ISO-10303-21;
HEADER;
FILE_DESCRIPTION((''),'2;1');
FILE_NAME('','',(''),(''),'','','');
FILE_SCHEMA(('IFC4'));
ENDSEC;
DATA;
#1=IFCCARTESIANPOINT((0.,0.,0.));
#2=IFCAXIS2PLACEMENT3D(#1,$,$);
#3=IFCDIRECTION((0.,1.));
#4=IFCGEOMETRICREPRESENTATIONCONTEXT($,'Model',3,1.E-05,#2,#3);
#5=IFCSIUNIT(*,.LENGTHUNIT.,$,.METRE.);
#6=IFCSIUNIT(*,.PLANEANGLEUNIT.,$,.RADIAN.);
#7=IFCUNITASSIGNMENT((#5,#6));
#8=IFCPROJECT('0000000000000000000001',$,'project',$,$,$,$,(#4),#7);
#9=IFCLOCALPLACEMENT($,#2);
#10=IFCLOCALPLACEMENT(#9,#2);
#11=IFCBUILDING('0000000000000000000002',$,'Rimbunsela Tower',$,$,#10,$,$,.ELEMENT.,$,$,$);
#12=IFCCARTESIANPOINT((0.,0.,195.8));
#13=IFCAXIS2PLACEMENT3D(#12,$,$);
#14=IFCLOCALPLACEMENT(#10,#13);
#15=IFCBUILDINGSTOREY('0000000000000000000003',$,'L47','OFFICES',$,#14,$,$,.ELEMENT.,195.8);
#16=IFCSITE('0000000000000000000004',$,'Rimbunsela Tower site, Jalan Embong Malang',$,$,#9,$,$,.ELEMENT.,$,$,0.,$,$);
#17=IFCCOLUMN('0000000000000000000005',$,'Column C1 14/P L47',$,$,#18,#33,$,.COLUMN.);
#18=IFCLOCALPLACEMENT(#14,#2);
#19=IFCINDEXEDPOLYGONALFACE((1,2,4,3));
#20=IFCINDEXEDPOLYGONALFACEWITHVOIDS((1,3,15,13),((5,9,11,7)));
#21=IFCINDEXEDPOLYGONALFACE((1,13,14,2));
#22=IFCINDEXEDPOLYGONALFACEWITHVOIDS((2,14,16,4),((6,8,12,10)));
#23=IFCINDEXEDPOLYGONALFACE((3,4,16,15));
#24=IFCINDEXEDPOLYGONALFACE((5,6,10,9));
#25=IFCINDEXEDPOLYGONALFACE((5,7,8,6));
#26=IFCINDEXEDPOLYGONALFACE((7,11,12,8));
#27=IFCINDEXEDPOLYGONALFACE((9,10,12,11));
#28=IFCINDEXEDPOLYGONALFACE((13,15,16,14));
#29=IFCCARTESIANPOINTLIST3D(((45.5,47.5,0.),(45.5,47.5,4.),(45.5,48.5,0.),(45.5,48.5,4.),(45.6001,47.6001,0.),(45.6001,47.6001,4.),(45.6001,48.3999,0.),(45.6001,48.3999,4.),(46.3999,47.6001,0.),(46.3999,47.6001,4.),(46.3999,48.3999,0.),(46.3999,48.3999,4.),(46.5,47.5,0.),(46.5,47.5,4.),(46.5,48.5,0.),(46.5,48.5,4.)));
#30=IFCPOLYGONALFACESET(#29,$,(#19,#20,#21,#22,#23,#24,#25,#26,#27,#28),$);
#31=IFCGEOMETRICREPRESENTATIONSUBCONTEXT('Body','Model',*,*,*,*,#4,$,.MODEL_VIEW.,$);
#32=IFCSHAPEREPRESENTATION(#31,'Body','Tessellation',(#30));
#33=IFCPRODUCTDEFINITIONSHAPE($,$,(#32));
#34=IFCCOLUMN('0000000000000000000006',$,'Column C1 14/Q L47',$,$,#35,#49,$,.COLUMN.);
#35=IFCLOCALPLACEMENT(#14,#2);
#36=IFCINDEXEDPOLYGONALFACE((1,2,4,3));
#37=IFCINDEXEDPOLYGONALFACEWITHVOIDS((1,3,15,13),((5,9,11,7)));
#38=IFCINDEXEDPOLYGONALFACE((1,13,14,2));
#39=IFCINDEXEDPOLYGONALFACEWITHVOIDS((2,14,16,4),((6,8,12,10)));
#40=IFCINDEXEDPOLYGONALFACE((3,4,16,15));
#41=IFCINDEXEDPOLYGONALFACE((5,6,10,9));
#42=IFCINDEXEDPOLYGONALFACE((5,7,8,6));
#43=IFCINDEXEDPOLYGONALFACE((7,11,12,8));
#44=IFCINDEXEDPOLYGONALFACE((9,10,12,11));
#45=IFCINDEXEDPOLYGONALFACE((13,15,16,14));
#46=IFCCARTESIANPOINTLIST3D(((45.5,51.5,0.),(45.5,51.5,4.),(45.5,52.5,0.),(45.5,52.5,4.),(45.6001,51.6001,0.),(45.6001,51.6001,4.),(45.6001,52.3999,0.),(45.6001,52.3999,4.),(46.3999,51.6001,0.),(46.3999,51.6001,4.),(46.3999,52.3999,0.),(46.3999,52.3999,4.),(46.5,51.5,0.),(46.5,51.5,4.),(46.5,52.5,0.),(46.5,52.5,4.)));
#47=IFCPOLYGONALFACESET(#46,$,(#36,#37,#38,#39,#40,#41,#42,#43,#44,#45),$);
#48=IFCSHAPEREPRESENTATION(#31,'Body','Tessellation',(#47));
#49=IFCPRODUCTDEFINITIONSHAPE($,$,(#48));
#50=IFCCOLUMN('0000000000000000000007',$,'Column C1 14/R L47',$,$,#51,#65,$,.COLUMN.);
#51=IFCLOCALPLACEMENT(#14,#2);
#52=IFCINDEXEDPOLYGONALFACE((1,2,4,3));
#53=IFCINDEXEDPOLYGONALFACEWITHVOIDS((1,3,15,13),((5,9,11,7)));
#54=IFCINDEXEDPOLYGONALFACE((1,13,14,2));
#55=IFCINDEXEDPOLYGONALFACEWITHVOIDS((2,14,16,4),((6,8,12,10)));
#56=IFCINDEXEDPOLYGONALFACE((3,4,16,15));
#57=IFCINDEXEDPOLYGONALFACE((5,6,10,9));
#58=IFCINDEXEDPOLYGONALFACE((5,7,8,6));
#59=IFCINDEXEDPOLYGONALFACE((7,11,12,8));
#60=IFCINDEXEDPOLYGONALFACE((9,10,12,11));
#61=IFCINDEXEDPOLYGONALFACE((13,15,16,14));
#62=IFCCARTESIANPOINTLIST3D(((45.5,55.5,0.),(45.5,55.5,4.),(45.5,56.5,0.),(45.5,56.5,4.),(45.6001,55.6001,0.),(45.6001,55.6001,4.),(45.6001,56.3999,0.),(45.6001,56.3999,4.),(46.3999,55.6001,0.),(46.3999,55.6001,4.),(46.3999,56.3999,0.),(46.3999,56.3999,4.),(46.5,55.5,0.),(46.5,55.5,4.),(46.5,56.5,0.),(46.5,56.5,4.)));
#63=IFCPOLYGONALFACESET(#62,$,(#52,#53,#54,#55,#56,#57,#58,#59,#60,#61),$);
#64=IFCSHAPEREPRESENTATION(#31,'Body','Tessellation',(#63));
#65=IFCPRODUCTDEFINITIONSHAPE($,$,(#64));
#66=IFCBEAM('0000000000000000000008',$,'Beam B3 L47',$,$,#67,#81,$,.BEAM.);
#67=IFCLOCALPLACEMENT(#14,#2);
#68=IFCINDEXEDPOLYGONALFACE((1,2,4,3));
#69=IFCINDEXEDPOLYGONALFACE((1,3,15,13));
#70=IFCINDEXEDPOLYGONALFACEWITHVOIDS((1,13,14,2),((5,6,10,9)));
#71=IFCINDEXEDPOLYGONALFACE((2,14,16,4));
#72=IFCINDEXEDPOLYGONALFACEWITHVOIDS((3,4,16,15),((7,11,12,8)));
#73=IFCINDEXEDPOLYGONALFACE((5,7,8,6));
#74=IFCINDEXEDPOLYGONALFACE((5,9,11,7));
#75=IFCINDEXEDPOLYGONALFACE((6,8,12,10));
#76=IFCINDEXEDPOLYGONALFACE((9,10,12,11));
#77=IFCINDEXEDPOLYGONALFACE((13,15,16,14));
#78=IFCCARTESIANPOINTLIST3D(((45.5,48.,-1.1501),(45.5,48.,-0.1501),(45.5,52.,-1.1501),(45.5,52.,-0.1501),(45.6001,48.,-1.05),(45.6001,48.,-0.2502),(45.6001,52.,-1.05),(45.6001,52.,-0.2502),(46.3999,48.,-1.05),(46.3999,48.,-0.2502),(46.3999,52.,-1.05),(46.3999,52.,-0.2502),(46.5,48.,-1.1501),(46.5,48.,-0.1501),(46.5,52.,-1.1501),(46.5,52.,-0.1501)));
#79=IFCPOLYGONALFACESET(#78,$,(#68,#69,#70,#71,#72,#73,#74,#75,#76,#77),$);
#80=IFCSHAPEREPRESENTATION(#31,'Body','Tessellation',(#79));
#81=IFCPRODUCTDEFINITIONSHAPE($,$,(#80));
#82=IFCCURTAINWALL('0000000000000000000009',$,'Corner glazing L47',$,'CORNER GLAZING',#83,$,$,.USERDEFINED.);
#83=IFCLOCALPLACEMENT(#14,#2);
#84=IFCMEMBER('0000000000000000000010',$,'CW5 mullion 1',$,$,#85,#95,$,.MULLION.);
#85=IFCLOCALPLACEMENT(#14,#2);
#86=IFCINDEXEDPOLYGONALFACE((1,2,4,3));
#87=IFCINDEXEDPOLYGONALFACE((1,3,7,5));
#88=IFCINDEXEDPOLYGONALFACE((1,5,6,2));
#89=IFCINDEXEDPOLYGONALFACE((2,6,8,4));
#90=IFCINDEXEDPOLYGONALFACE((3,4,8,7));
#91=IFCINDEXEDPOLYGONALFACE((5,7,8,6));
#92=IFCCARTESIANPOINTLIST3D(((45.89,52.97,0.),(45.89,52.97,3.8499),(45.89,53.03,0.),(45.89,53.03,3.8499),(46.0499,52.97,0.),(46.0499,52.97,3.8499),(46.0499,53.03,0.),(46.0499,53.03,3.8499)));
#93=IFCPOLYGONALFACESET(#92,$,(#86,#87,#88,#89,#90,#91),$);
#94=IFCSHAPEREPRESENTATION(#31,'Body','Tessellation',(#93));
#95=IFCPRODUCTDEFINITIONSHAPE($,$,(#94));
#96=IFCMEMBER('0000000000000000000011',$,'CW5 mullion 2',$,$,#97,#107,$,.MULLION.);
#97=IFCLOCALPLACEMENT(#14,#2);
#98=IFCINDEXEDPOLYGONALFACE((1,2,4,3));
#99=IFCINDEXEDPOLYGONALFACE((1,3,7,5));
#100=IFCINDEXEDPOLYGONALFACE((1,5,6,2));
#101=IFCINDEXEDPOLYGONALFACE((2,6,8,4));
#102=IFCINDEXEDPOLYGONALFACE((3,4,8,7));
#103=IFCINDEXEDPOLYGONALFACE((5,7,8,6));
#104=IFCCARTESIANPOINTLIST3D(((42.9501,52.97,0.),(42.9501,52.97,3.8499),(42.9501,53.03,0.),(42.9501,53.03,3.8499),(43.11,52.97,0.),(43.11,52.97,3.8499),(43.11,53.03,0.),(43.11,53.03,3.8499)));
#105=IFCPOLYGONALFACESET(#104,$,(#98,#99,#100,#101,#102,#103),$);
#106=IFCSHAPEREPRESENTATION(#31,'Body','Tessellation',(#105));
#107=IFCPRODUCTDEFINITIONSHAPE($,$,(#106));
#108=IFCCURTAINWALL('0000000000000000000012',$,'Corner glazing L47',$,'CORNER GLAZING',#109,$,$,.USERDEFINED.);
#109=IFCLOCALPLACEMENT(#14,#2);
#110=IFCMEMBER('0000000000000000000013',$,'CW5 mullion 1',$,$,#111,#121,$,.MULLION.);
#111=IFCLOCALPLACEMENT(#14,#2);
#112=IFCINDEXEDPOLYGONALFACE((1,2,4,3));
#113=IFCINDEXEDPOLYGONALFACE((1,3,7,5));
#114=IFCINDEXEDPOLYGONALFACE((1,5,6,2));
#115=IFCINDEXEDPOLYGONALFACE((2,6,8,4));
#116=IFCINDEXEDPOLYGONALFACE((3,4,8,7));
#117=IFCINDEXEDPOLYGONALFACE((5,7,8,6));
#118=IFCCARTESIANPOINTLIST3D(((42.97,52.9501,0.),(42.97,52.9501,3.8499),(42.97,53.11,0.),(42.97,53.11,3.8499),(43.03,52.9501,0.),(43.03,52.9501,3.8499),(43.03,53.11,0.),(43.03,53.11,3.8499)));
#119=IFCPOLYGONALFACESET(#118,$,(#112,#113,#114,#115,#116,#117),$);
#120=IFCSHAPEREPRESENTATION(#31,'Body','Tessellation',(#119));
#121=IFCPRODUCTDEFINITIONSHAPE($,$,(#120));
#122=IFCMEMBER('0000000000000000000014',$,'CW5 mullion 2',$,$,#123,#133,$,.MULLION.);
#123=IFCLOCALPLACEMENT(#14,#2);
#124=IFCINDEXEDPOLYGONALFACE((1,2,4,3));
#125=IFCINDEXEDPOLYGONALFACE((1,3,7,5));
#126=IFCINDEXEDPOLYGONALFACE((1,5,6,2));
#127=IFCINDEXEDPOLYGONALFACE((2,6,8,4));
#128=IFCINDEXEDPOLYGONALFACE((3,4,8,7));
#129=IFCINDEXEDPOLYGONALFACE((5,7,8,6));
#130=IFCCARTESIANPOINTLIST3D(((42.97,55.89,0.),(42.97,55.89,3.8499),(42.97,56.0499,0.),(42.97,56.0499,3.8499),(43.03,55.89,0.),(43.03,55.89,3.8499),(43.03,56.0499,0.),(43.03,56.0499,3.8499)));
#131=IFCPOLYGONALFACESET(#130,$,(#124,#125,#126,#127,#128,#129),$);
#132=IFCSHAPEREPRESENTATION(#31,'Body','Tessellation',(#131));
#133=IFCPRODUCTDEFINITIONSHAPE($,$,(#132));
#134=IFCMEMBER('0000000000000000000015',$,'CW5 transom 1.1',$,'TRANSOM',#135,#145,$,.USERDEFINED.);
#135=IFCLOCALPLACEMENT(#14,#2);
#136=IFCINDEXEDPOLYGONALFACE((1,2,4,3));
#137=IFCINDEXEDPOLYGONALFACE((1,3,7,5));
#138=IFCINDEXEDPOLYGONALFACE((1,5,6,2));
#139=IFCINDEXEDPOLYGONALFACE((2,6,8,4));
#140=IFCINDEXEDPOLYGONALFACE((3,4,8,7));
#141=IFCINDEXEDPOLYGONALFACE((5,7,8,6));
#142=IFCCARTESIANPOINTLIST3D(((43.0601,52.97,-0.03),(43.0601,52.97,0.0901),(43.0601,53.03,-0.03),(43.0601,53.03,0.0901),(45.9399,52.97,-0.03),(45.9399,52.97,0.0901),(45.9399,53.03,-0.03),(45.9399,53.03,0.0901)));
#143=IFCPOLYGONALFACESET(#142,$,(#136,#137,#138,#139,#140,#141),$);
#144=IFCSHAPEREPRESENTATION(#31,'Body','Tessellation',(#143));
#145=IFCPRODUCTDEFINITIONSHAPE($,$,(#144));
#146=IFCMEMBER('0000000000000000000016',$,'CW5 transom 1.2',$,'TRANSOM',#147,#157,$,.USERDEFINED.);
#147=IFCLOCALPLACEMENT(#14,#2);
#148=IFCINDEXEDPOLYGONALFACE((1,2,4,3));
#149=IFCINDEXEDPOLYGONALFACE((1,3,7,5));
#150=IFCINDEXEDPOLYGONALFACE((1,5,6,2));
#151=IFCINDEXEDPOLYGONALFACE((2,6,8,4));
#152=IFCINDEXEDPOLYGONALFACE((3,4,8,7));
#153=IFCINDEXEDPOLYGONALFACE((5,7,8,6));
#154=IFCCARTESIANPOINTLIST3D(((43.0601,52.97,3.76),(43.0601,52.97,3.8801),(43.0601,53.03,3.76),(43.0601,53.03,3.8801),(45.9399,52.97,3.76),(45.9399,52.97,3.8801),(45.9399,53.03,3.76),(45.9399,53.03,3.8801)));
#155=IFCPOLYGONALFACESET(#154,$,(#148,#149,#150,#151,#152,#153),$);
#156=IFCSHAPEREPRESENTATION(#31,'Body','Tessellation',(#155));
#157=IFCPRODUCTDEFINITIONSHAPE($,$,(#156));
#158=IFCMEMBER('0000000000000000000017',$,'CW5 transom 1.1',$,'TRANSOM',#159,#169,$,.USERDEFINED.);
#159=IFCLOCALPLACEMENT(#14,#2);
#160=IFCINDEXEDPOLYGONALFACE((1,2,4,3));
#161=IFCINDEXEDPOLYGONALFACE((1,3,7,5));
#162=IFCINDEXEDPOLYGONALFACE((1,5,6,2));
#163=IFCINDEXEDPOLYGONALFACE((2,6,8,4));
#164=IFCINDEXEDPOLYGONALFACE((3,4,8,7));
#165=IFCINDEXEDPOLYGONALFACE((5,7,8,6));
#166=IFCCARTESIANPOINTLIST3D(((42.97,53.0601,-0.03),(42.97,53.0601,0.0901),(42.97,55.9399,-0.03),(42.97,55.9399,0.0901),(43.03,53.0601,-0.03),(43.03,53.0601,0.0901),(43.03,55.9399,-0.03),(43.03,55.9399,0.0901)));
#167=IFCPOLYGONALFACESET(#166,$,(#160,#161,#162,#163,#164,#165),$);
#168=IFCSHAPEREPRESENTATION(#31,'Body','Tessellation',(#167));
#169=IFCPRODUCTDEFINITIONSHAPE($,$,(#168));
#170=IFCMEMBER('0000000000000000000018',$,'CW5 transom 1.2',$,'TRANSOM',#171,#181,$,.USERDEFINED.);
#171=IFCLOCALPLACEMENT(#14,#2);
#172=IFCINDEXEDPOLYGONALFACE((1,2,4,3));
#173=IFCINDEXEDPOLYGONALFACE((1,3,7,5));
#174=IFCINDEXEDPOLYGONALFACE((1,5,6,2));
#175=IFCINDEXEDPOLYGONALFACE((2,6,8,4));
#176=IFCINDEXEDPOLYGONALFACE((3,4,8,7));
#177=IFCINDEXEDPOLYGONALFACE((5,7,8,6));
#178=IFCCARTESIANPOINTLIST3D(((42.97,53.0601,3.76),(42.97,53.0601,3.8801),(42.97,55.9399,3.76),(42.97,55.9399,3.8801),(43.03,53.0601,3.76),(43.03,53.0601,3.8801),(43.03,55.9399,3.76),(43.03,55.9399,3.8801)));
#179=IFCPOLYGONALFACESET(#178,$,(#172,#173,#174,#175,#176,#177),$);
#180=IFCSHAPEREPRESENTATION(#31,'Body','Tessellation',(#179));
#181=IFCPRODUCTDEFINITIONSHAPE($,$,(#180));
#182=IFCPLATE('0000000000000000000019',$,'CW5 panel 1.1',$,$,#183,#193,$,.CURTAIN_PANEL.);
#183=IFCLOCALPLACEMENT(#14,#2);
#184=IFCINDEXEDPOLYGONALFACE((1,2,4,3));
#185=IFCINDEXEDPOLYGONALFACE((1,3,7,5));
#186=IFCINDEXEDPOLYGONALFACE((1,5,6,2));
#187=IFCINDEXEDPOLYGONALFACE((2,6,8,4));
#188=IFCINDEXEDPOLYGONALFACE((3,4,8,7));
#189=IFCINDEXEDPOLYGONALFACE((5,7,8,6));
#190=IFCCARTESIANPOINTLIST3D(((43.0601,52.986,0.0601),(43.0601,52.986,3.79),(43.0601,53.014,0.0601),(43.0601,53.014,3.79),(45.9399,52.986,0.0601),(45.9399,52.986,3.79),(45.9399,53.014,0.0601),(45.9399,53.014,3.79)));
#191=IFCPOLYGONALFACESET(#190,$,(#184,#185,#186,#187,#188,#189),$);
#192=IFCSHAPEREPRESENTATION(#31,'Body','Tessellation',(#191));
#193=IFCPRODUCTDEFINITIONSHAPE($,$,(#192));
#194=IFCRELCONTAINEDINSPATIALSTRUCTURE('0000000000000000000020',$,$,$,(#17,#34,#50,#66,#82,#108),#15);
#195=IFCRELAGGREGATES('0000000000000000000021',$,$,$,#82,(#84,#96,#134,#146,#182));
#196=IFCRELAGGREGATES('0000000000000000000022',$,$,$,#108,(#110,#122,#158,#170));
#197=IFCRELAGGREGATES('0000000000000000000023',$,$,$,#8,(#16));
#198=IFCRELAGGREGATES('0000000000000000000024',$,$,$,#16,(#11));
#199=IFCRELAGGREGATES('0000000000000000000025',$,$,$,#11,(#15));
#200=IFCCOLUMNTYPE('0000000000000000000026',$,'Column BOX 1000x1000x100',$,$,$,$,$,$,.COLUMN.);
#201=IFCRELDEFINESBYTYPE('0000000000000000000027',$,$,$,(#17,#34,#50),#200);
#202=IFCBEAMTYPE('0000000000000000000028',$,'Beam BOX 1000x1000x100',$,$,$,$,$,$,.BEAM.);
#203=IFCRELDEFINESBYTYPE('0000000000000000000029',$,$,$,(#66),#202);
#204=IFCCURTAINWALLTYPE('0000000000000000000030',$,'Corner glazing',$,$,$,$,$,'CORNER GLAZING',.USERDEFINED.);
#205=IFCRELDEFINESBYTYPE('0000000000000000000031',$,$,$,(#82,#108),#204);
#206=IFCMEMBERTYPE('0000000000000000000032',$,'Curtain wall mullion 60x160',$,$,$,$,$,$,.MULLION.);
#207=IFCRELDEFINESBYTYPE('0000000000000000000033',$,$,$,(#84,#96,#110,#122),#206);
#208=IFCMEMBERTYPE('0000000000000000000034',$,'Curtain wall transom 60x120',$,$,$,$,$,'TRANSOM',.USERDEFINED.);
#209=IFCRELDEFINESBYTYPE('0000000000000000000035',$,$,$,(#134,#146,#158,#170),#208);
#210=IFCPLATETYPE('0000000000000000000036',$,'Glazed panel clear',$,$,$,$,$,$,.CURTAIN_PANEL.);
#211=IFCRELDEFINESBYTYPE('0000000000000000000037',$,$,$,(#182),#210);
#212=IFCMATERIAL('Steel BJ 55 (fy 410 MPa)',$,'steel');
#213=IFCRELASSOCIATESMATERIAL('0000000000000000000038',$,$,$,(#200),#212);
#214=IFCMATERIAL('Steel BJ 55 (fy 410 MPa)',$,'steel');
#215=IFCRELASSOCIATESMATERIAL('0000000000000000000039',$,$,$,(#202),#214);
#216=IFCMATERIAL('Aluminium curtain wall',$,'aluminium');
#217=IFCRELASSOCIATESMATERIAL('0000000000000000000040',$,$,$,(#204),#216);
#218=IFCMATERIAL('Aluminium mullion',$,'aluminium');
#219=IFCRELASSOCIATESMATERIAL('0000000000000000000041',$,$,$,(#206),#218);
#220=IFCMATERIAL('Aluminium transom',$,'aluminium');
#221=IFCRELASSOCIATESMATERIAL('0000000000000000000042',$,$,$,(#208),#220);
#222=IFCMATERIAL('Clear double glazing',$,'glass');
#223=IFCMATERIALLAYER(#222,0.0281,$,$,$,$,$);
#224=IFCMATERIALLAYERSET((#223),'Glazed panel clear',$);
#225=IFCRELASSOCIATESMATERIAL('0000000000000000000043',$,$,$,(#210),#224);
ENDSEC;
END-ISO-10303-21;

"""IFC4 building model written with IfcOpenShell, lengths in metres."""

from ifc_helpers import new_model, si_unit, direction, frame, origin, origin_2d, place, context, subcontext, project, spatial, rectangle, hollow_rectangle, extrude, material, layer, layer_set, material_profile, profile_set, type_object, element, aggregate, save


model = new_model("IFC4")

# Units and contexts
model_context = context("Model", 3, precision=1e-05, world=origin(), true_north=direction((0.0, 1.0)))
body_context = subcontext(model_context, "Body", "Model", "MODEL_VIEW")
ifc_project = project(units=[si_unit("LENGTHUNIT", "METRE"), si_unit("PLANEANGLEUNIT", "RADIAN")], contexts=[model_context])

# Site, building, storey
site_placement = place(None, origin())
site = spatial("IfcSite", under=ifc_project, at=site_placement, Name="Rimbunsela Tower site, Jalan Embong Malang", CompositionType="ELEMENT", RefElevation=0.0)
building_placement = place(site_placement, origin())
building = spatial("IfcBuilding", under=site, at=building_placement, Name="Rimbunsela Tower", CompositionType="ELEMENT")
storey_placement = place(building_placement, frame((0.0, 0.0, 195.8)))
storey = spatial("IfcBuildingStorey", under=building, at=storey_placement, Name="L47", Description="OFFICES", CompositionType="ELEMENT", Elevation=195.8)

# Columns
ifc_material_1 = material(Name="Steel BJ 55 (fy 410 MPa)", Category="steel")
ifc_material_profile_1 = material_profile(ifc_material_1, hollow_rectangle(XDim=1.0, YDim=1.0, WallThickness=0.1001, at=origin_2d()), Name="BOX 1000x1000x100")
ifc_profile_set_1 = profile_set([ifc_material_profile_1], Name="Steel BJ 55 (fy 410 MPa)")
column_type = type_object("IfcColumnType", Name="Column BOX 1000x1000x100", PredefinedType="COLUMN", material=ifc_profile_set_1)
for number, where, z_axis, x_axis, name in (
    (1, (46.0, 48.0, 0.0), (0.0, 0.0, 1.0), (1.0, 0.0, 0.0), "Column C1 14/P L47"),
    (2, (46.0, 52.0, 0.0), (0.0, 0.0, 1.0), (1.0, 0.0, 0.0), "Column C1 14/Q L47"),
    (3, (46.0, 56.0, 0.0), (0.0, 0.0, 1.0), (1.0, 0.0, 0.0), "Column C1 14/R L47"),
):
    element("IfcColumn", number, at=place(storey_placement, frame(where, z_axis=z_axis, x_axis=x_axis)), inside=storey, type_object=column_type, Name=name, PredefinedType="COLUMN", context=body_context, shape_type="SweptSolid", body=[
        extrude(hollow_rectangle(XDim=1.0, YDim=1.0, WallThickness=0.1001, at=origin_2d()), origin(), (0.0, 0.0, 1.0), 4.0),
    ])

# Beam
ifc_material_2 = material(Name="Steel BJ 55 (fy 410 MPa)", Category="steel")
ifc_material_profile_2 = material_profile(ifc_material_2, hollow_rectangle(XDim=1.0, YDim=1.0, WallThickness=0.1001, at=origin_2d()), Name="BOX 1000x1000x100")
ifc_profile_set_2 = profile_set([ifc_material_profile_2], Name="Steel BJ 55 (fy 410 MPa)")
beam_type = type_object("IfcBeamType", Name="Beam BOX 1000x1000x100", PredefinedType="BEAM", material=ifc_profile_set_2)
beam_placement = place(storey_placement, frame((46.0, 48.0, -0.6501), z_axis=(0.0, 1.0, 0.0), x_axis=(-1.0, 0.0, 0.0)))
element("IfcBeam", 4, at=beam_placement, inside=storey, type_object=beam_type, Name="Beam B3 L47", PredefinedType="BEAM", context=body_context, shape_type="SweptSolid", body=[
    extrude(hollow_rectangle(XDim=1.0, YDim=1.0, WallThickness=0.1001, at=origin_2d()), origin(), (0.0, 0.0, 1.0), 4.0),
])

# Curtain walls, members
ifc_material_3 = material(Name="Aluminium curtain wall", Category="aluminium")
curtain_wall_type = type_object("IfcCurtainWallType", Name="Corner glazing", ElementType="CORNER GLAZING", PredefinedType="USERDEFINED", material=ifc_material_3)
curtain_wall_1_placement = place(storey_placement, origin())
curtain_wall_1 = element("IfcCurtainWall", 5, at=curtain_wall_1_placement, inside=storey, type_object=curtain_wall_type, Name="Corner glazing L47", ObjectType="CORNER GLAZING", PredefinedType="USERDEFINED")
ifc_material_4 = material(Name="Aluminium mullion", Category="aluminium")
ifc_material_profile_3 = material_profile(ifc_material_4, rectangle(XDim=0.0601, YDim=0.1599, at=origin_2d()), Name="Mullion 60x160")
ifc_profile_set_3 = profile_set([ifc_material_profile_3], Name="Aluminium mullion")
member_type_1 = type_object("IfcMemberType", Name="Curtain wall mullion 60x160", PredefinedType="MULLION", material=ifc_profile_set_3)
member_1_placement = place(storey_placement, frame((45.97, 53.0, 0.0), z_axis=(0.0, 0.0, 1.0), x_axis=(0.0, -1.0, 0.0)))
member_1 = element("IfcMember", 6, at=member_1_placement, type_object=member_type_1, Name="CW5 mullion 1", PredefinedType="MULLION", context=body_context, shape_type="SweptSolid", body=[
    extrude(rectangle(XDim=0.0601, YDim=0.1599, at=origin_2d()), origin(), (0.0, 0.0, 1.0), 3.8499),
])
member_2_placement = place(storey_placement, frame((43.03, 53.0, 0.0), z_axis=(0.0, 0.0, 1.0), x_axis=(0.0, -1.0, 0.0)))
member_2 = element("IfcMember", 7, at=member_2_placement, type_object=member_type_1, Name="CW5 mullion 2", PredefinedType="MULLION", context=body_context, shape_type="SweptSolid", body=[
    extrude(rectangle(XDim=0.0601, YDim=0.1599, at=origin_2d()), origin(), (0.0, 0.0, 1.0), 3.8499),
])
curtain_wall_2_placement = place(storey_placement, origin())
curtain_wall_2 = element("IfcCurtainWall", 8, at=curtain_wall_2_placement, inside=storey, type_object=curtain_wall_type, Name="Corner glazing L47", ObjectType="CORNER GLAZING", PredefinedType="USERDEFINED")
member_3_placement = place(storey_placement, frame((43.0, 53.03, 0.0), z_axis=(0.0, 0.0, 1.0), x_axis=(-1.0, 0.0, 0.0)))
member_3 = element("IfcMember", 9, at=member_3_placement, type_object=member_type_1, Name="CW5 mullion 1", PredefinedType="MULLION", context=body_context, shape_type="SweptSolid", body=[
    extrude(rectangle(XDim=0.0601, YDim=0.1599, at=origin_2d()), origin(), (0.0, 0.0, 1.0), 3.8499),
])
member_4_placement = place(storey_placement, frame((43.0, 55.97, 0.0), z_axis=(0.0, 0.0, 1.0), x_axis=(-1.0, 0.0, 0.0)))
member_4 = element("IfcMember", 10, at=member_4_placement, type_object=member_type_1, Name="CW5 mullion 2", PredefinedType="MULLION", context=body_context, shape_type="SweptSolid", body=[
    extrude(rectangle(XDim=0.0601, YDim=0.1599, at=origin_2d()), origin(), (0.0, 0.0, 1.0), 3.8499),
])

# Members
ifc_material_5 = material(Name="Aluminium transom", Category="aluminium")
ifc_material_profile_4 = material_profile(ifc_material_5, rectangle(XDim=0.0601, YDim=0.1201, at=origin_2d()), Name="Transom 60x120")
ifc_profile_set_4 = profile_set([ifc_material_profile_4], Name="Aluminium transom")
member_type_2 = type_object("IfcMemberType", Name="Curtain wall transom 60x120", ElementType="TRANSOM", PredefinedType="USERDEFINED", material=ifc_profile_set_4)
member_5_placement = place(storey_placement, frame((45.9399, 53.0, 0.03), z_axis=(-1.0, 0.0, 0.0), x_axis=(0.0, -1.0, 0.0)))
member_5 = element("IfcMember", 11, at=member_5_placement, type_object=member_type_2, Name="CW5 transom 1.1", ObjectType="TRANSOM", PredefinedType="USERDEFINED", context=body_context, shape_type="SweptSolid", body=[
    extrude(rectangle(XDim=0.0601, YDim=0.1201, at=origin_2d()), origin(), (0.0, 0.0, 1.0), 2.8799),
])
member_6_placement = place(storey_placement, frame((45.9399, 53.0, 3.8201), z_axis=(-1.0, 0.0, 0.0), x_axis=(0.0, -1.0, 0.0)))
member_6 = element("IfcMember", 12, at=member_6_placement, type_object=member_type_2, Name="CW5 transom 1.2", ObjectType="TRANSOM", PredefinedType="USERDEFINED", context=body_context, shape_type="SweptSolid", body=[
    extrude(rectangle(XDim=0.0601, YDim=0.1201, at=origin_2d()), origin(), (0.0, 0.0, 1.0), 2.8799),
])
member_7_placement = place(storey_placement, frame((43.0, 53.0601, 0.03), z_axis=(0.0, 1.0, 0.0), x_axis=(-1.0, 0.0, 0.0)))
member_7 = element("IfcMember", 13, at=member_7_placement, type_object=member_type_2, Name="CW5 transom 1.1", ObjectType="TRANSOM", PredefinedType="USERDEFINED", context=body_context, shape_type="SweptSolid", body=[
    extrude(rectangle(XDim=0.0601, YDim=0.1201, at=origin_2d()), origin(), (0.0, 0.0, 1.0), 2.8799),
])
member_8_placement = place(storey_placement, frame((43.0, 53.0601, 3.8201), z_axis=(0.0, 1.0, 0.0), x_axis=(-1.0, 0.0, 0.0)))
member_8 = element("IfcMember", 14, at=member_8_placement, type_object=member_type_2, Name="CW5 transom 1.2", ObjectType="TRANSOM", PredefinedType="USERDEFINED", context=body_context, shape_type="SweptSolid", body=[
    extrude(rectangle(XDim=0.0601, YDim=0.1201, at=origin_2d()), origin(), (0.0, 0.0, 1.0), 2.8799),
])

# Plate
ifc_material_6 = material(Name="Clear double glazing", Category="glass")
ifc_layer_1 = layer(ifc_material_6, 0.0281)
ifc_layer_set_1 = layer_set([ifc_layer_1], Name="Glazed panel clear")
plate_type = type_object("IfcPlateType", Name="Glazed panel clear", PredefinedType="CURTAIN_PANEL", material=ifc_layer_set_1)
plate_1_placement = place(storey_placement, frame((44.5, 53.0, 0.0601), z_axis=(0.0, 0.0, 1.0), x_axis=(-1.0, 0.0, 0.0)))
plate_1 = element("IfcPlate", 15, at=plate_1_placement, type_object=plate_type, Name="CW5 panel 1.1", PredefinedType="CURTAIN_PANEL", context=body_context, shape_type="SweptSolid", body=[
    extrude(rectangle(XDim=2.8799, YDim=0.0281, at=origin_2d()), origin(), (0.0, 0.0, 1.0), 3.73),
])
aggregate(curtain_wall_1, [member_1, member_2, member_5, member_6, plate_1])
aggregate(curtain_wall_2, [member_3, member_4, member_7, member_8])

save(model, "model.ifc")
